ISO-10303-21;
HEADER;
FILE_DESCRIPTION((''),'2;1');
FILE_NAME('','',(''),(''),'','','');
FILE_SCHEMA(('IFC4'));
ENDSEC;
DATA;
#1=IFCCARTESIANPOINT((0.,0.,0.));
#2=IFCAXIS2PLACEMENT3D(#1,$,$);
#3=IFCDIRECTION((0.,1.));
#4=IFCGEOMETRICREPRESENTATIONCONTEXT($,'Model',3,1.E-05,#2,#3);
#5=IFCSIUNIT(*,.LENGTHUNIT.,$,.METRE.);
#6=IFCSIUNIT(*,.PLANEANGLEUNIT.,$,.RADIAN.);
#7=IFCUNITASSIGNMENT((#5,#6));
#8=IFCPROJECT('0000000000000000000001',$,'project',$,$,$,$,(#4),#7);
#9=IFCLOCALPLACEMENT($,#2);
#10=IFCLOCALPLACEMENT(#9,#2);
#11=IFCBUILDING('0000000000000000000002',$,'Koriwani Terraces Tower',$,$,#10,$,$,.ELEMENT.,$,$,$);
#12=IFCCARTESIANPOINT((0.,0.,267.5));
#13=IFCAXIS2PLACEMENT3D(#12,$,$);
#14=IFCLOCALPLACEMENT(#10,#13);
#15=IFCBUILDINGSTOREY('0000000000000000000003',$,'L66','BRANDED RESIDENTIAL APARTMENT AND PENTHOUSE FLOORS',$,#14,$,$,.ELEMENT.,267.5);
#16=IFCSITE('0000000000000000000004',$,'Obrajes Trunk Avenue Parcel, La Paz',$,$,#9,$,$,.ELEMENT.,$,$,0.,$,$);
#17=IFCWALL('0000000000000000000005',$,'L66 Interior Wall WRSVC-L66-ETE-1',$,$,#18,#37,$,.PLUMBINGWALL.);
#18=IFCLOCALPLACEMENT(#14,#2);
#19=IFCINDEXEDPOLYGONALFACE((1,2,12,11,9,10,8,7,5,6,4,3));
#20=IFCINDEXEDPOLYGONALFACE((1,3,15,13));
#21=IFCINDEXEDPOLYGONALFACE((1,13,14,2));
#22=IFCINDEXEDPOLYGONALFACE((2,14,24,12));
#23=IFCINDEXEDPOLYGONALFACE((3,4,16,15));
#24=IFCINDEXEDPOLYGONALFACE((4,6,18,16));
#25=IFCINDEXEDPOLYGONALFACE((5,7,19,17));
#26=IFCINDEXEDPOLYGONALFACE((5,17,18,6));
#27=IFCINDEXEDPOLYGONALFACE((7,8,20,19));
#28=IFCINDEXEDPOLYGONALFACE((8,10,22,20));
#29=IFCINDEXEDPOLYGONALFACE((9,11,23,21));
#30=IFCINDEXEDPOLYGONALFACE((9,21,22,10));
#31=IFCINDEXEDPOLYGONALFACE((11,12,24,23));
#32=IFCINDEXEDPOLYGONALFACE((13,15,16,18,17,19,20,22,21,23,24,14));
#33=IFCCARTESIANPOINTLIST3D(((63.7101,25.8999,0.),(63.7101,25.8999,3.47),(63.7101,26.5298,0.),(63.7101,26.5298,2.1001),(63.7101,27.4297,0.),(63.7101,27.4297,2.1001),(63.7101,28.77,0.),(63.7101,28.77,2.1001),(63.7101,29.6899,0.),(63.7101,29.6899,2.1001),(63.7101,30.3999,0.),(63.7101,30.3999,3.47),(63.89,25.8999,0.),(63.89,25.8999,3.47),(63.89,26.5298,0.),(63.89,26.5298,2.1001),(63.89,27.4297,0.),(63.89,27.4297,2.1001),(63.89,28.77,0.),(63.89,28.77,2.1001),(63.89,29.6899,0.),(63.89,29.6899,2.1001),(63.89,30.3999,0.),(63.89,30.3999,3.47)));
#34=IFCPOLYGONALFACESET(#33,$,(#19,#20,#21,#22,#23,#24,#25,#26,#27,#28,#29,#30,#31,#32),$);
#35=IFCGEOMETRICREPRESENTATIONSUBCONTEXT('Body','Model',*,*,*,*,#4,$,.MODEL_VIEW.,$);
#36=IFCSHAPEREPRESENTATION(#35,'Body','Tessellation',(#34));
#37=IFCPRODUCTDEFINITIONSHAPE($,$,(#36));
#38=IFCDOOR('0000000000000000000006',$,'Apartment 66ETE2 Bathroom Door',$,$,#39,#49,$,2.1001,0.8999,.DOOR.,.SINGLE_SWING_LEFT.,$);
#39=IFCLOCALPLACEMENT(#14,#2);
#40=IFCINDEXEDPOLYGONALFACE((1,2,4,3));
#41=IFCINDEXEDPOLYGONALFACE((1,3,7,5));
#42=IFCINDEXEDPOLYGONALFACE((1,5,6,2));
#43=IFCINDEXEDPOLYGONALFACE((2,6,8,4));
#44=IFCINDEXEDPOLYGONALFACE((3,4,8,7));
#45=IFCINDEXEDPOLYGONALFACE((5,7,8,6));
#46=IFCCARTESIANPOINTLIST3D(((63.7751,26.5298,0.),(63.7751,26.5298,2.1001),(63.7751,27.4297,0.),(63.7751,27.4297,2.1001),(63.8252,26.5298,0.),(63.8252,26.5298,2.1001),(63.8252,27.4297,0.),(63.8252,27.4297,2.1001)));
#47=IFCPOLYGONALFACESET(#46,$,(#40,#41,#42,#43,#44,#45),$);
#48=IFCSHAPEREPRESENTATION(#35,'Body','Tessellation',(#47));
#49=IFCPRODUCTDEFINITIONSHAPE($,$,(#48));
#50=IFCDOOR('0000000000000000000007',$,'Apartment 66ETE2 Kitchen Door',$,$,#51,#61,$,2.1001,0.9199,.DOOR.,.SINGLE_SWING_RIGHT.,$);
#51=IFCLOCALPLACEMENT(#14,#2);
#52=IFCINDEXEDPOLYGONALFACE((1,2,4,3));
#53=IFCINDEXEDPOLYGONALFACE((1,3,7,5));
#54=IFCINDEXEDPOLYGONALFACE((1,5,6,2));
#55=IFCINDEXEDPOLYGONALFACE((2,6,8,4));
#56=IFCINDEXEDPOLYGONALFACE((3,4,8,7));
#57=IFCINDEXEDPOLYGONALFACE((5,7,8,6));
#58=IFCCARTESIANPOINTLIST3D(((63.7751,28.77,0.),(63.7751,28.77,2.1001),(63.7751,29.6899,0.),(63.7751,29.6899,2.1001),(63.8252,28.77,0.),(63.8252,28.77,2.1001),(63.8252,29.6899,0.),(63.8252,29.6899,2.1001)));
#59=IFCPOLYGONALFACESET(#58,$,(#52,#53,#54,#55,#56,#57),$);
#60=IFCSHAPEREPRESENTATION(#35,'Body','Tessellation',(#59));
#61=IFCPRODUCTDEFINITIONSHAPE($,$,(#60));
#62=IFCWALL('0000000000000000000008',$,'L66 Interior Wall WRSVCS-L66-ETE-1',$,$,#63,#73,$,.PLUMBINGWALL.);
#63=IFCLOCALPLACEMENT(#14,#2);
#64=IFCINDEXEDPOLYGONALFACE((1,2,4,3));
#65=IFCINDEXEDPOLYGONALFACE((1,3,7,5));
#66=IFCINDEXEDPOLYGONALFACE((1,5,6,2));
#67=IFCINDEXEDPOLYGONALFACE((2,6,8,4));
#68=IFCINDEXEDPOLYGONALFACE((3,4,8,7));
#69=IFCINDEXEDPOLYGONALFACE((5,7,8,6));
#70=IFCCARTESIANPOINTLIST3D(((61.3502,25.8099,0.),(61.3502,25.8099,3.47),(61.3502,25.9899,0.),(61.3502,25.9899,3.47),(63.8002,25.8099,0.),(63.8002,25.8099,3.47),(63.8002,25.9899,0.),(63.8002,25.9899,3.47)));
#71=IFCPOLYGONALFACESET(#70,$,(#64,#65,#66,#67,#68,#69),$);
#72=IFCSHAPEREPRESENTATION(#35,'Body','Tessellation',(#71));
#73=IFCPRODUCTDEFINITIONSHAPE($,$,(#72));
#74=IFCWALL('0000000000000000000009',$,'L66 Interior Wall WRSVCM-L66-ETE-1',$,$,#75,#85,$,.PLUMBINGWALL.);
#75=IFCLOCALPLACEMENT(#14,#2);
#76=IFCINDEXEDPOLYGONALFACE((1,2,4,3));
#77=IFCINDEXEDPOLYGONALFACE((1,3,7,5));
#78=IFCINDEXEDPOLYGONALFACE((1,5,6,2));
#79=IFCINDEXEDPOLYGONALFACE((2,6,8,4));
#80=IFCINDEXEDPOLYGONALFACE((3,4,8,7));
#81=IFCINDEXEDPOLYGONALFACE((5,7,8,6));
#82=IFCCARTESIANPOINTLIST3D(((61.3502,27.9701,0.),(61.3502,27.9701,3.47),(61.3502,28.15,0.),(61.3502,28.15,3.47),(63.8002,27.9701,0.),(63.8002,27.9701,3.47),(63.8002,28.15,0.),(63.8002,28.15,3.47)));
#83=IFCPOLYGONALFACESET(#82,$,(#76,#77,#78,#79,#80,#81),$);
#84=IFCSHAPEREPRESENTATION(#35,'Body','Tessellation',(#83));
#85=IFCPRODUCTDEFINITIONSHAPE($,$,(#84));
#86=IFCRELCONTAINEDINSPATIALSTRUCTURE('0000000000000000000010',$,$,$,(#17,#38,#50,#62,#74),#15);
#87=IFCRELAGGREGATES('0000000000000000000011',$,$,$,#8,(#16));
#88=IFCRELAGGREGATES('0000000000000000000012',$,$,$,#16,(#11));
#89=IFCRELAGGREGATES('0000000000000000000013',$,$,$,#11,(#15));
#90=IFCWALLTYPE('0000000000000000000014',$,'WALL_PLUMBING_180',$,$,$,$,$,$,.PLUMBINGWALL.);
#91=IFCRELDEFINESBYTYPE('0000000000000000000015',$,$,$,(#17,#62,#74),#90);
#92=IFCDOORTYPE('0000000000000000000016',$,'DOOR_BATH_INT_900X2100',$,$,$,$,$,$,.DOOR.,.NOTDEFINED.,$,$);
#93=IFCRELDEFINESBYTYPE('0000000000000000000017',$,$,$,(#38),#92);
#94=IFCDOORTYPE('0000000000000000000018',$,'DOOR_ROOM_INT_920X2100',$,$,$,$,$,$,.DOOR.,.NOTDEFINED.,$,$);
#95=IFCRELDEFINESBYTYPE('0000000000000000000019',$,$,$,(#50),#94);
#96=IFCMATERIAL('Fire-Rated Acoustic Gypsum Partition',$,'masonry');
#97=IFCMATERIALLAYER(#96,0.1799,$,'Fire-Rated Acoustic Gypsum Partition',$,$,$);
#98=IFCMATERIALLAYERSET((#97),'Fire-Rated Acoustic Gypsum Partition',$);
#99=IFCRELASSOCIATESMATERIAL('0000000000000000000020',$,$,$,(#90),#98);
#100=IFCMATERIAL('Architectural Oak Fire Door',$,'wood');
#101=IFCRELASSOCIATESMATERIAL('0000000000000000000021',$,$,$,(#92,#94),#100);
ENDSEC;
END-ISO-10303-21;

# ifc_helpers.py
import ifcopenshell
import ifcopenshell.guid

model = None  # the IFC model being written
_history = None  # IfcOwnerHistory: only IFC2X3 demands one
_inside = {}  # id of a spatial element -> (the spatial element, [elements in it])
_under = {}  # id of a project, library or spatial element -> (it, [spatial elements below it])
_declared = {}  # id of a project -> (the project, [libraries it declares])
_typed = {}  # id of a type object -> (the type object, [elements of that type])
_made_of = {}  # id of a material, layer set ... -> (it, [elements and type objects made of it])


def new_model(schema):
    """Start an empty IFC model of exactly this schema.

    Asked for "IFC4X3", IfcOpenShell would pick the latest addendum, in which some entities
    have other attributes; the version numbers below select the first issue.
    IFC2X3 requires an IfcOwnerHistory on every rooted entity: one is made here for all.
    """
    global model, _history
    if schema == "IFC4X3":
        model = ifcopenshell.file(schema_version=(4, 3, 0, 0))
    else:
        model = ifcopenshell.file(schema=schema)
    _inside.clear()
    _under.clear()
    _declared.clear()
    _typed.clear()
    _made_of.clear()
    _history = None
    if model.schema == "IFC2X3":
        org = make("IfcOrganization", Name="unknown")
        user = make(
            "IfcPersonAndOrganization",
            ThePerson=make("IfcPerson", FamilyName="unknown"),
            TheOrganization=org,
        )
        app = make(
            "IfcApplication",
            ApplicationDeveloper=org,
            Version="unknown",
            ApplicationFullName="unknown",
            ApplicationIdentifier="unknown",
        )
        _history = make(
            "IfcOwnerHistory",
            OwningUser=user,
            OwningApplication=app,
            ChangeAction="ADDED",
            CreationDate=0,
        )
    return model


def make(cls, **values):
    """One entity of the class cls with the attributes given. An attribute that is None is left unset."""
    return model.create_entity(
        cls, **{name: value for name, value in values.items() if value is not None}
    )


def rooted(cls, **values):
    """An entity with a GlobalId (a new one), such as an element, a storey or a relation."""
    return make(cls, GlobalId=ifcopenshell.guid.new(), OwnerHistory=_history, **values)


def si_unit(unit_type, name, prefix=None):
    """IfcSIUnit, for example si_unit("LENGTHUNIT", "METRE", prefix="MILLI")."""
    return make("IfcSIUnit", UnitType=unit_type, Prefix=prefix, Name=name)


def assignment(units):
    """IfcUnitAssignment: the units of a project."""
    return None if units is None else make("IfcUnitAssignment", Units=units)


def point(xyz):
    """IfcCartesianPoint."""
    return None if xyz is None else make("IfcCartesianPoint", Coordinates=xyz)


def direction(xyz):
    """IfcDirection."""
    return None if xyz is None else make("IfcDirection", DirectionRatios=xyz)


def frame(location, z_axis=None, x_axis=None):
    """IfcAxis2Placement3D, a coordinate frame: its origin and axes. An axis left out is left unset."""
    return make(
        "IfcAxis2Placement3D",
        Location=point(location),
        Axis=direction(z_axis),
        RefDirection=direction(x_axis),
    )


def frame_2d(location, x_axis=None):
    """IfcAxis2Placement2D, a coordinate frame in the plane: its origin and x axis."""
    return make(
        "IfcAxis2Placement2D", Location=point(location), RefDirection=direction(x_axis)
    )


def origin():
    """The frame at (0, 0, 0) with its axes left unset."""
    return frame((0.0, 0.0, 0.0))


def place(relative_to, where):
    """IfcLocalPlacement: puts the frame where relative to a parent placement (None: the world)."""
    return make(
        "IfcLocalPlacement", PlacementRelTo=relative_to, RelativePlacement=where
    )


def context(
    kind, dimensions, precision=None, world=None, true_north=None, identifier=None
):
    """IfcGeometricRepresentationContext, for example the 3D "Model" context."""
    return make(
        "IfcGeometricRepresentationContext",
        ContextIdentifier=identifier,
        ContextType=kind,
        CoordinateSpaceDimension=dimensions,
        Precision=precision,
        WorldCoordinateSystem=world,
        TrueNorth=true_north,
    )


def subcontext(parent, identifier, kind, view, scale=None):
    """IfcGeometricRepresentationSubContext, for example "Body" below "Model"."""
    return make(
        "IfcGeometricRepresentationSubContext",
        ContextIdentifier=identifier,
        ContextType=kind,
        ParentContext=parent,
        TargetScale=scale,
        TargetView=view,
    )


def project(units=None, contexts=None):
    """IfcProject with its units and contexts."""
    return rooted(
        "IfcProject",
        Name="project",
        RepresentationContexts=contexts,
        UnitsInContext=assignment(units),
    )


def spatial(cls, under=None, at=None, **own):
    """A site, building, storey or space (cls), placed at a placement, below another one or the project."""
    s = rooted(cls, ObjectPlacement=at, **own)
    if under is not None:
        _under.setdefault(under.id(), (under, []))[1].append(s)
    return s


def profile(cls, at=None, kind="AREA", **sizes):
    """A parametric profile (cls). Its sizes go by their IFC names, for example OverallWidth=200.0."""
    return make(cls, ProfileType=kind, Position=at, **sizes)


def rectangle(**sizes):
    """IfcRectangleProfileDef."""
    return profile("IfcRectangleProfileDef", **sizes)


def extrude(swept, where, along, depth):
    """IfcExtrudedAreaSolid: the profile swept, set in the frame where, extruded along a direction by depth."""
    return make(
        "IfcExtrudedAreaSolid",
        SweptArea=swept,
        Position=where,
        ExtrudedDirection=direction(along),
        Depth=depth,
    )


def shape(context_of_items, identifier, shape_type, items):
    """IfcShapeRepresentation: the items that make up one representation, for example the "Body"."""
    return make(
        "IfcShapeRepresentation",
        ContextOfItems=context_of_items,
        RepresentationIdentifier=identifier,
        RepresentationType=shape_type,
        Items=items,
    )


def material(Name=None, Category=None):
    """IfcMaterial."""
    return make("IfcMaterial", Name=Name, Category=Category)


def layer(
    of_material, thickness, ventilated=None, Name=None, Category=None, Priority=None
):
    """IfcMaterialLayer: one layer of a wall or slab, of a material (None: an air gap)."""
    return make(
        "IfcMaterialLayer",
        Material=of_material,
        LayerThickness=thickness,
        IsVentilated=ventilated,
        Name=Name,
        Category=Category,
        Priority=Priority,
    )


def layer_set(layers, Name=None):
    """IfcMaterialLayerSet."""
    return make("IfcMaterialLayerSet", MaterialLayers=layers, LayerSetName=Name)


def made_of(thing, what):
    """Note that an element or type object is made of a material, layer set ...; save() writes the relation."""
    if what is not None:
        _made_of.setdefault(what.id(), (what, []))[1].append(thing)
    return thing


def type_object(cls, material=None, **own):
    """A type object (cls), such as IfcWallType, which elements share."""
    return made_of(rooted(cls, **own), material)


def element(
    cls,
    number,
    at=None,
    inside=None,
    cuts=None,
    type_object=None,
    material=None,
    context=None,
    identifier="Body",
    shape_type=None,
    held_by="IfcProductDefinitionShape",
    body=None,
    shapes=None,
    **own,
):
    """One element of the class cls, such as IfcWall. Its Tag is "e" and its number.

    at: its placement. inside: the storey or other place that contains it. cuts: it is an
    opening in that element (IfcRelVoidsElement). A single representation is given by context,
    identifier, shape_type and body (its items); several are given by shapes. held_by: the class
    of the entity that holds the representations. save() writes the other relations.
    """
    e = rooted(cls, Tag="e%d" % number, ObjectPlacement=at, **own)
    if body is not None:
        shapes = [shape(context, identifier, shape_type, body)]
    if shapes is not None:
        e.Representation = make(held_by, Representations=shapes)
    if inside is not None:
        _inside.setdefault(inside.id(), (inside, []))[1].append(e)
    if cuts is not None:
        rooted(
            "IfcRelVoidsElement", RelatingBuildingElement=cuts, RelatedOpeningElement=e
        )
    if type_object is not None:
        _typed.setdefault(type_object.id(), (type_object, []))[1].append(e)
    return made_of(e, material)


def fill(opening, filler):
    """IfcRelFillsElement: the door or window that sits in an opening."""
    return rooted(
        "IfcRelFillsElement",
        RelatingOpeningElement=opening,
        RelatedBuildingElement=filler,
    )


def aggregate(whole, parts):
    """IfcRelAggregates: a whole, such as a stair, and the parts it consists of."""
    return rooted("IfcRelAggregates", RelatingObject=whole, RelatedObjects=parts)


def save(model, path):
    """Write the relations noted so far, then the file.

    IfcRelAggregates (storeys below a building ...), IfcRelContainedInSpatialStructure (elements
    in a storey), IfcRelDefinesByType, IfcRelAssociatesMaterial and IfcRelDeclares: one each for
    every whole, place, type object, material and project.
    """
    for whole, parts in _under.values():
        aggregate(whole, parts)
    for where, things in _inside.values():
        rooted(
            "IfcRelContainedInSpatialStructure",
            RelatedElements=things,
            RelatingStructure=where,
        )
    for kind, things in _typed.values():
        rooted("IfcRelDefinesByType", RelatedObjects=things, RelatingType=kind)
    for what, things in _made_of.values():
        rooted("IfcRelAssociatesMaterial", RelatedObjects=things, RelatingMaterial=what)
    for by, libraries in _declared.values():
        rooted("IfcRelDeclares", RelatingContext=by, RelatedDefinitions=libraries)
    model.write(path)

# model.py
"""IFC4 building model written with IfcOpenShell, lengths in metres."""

from ifc_helpers import new_model, si_unit, direction, frame, frame_2d, origin, place, context, subcontext, project, spatial, rectangle, extrude, material, layer, layer_set, type_object, element, fill, save


model = new_model("IFC4")

# Units and contexts
model_context = context("Model", 3, precision=1e-05, world=origin(), true_north=direction((0.0, 1.0)))
body_context = subcontext(model_context, "Body", "Model", "MODEL_VIEW")
ifc_project = project(units=[si_unit("LENGTHUNIT", "METRE"), si_unit("PLANEANGLEUNIT", "RADIAN")], contexts=[model_context])

# Site, building, storey
site_placement = place(None, origin())
site = spatial("IfcSite", under=ifc_project, at=site_placement, Name="Obrajes Trunk Avenue Parcel, La Paz", CompositionType="ELEMENT", RefElevation=0.0)
building_placement = place(site_placement, origin())
building = spatial("IfcBuilding", under=site, at=building_placement, Name="Koriwani Terraces Tower", CompositionType="ELEMENT")
storey_placement = place(building_placement, frame((0.0, 0.0, 267.5)))
storey = spatial("IfcBuildingStorey", under=building, at=storey_placement, Name="L66", Description="BRANDED RESIDENTIAL APARTMENT AND PENTHOUSE FLOORS", CompositionType="ELEMENT", Elevation=267.5)

# Wall, openings, doors
ifc_material_1 = material(Name="Fire-Rated Acoustic Gypsum Partition", Category="masonry")
ifc_layer_1 = layer(ifc_material_1, 0.1799, Name="Fire-Rated Acoustic Gypsum Partition")
ifc_layer_set_1 = layer_set([ifc_layer_1], Name="Fire-Rated Acoustic Gypsum Partition")
wall_type_1 = type_object("IfcWallType", Name="WALL_PLUMBING_180", PredefinedType="PLUMBINGWALL", material=ifc_layer_set_1)
wall_1_placement = place(storey_placement, frame((63.8, 25.8999, 0.0), z_axis=(0.0, 0.0, 1.0), x_axis=(0.0, 1.0, 0.0)))
wall_1 = element("IfcWall", 1, at=wall_1_placement, inside=storey, type_object=wall_type_1, Name="L66 Interior Wall WRSVC-L66-ETE-1", PredefinedType="PLUMBINGWALL", context=body_context, shape_type="SweptSolid", body=[
    extrude(rectangle(XDim=4.5, YDim=0.1799, at=frame_2d((2.25, 0.0))), origin(), (0.0, 0.0, 1.0), 3.47),
])
opening_1_placement = place(wall_1_placement, frame((0.6299, 0.0, 0.0)))
opening_1 = element("IfcOpeningElement", 2, at=opening_1_placement, cuts=wall_1, PredefinedType="OPENING", context=body_context, shape_type="SweptSolid", body=[
    extrude(rectangle(XDim=0.8999, YDim=2.1001, at=frame_2d((0.45, 1.05))), frame((0.0, 0.1001, 0.0), z_axis=(0.0, -1.0, 0.0), x_axis=(1.0, 0.0, 0.0)), (0.0, 0.0, 1.0), 0.2),
])
opening_2_placement = place(wall_1_placement, frame((2.8701, 0.0, 0.0)))
opening_2 = element("IfcOpeningElement", 3, at=opening_2_placement, cuts=wall_1, PredefinedType="OPENING", context=body_context, shape_type="SweptSolid", body=[
    extrude(rectangle(XDim=0.9199, YDim=2.1001, at=frame_2d((0.46, 1.05))), frame((0.0, 0.1001, 0.0), z_axis=(0.0, -1.0, 0.0), x_axis=(1.0, 0.0, 0.0)), (0.0, 0.0, 1.0), 0.2),
])
ifc_material_2 = material(Name="Architectural Oak Fire Door", Category="wood")
door_type_1 = type_object("IfcDoorType", Name="DOOR_BATH_INT_900X2100", OperationType="NOTDEFINED", PredefinedType="DOOR", material=ifc_material_2)
door_1_placement = place(opening_1_placement, origin())
door_1 = element("IfcDoor", 4, at=door_1_placement, inside=storey, type_object=door_type_1, Name="Apartment 66ETE2 Bathroom Door", OperationType="SINGLE_SWING_LEFT", OverallHeight=2.1001, OverallWidth=0.8999, PredefinedType="DOOR", context=body_context, shape_type="SweptSolid", body=[
    extrude(rectangle(XDim=0.8999, YDim=2.1001, at=frame_2d((0.45, 1.05))), frame((0.0, 0.0249, 0.0), z_axis=(0.0, -1.0, 0.0), x_axis=(1.0, 0.0, 0.0)), (0.0, 0.0, 1.0), 0.05),
])
fill(opening_1, door_1)
door_type_2 = type_object("IfcDoorType", Name="DOOR_ROOM_INT_920X2100", OperationType="NOTDEFINED", PredefinedType="DOOR", material=ifc_material_2)
door_2_placement = place(opening_2_placement, origin())
door_2 = element("IfcDoor", 5, at=door_2_placement, inside=storey, type_object=door_type_2, Name="Apartment 66ETE2 Kitchen Door", OperationType="SINGLE_SWING_RIGHT", OverallHeight=2.1001, OverallWidth=0.9199, PredefinedType="DOOR", context=body_context, shape_type="SweptSolid", body=[
    extrude(rectangle(XDim=0.9199, YDim=2.1001, at=frame_2d((0.46, 1.05))), frame((0.0, 0.0249, 0.0), z_axis=(0.0, -1.0, 0.0), x_axis=(1.0, 0.0, 0.0)), (0.0, 0.0, 1.0), 0.05),
])
fill(opening_2, door_2)

# Walls
for number, where, z_axis, x_axis, name in (
    (6, (61.3501, 25.8999, 0.0), (0.0, 0.0, 1.0), (1.0, 0.0, 0.0), "L66 Interior Wall WRSVCS-L66-ETE-1"),
    (7, (61.3501, 28.0601, 0.0), (0.0, 0.0, 1.0), (1.0, 0.0, 0.0), "L66 Interior Wall WRSVCM-L66-ETE-1"),
):
    element("IfcWall", number, at=place(storey_placement, frame(where, z_axis=z_axis, x_axis=x_axis)), inside=storey, type_object=wall_type_1, Name=name, PredefinedType="PLUMBINGWALL", context=body_context, shape_type="SweptSolid", body=[
        extrude(rectangle(XDim=2.45, YDim=0.1799, at=frame_2d((1.2251, 0.0))), origin(), (0.0, 0.0, 1.0), 3.47),
    ])

save(model, "model.ifc")
